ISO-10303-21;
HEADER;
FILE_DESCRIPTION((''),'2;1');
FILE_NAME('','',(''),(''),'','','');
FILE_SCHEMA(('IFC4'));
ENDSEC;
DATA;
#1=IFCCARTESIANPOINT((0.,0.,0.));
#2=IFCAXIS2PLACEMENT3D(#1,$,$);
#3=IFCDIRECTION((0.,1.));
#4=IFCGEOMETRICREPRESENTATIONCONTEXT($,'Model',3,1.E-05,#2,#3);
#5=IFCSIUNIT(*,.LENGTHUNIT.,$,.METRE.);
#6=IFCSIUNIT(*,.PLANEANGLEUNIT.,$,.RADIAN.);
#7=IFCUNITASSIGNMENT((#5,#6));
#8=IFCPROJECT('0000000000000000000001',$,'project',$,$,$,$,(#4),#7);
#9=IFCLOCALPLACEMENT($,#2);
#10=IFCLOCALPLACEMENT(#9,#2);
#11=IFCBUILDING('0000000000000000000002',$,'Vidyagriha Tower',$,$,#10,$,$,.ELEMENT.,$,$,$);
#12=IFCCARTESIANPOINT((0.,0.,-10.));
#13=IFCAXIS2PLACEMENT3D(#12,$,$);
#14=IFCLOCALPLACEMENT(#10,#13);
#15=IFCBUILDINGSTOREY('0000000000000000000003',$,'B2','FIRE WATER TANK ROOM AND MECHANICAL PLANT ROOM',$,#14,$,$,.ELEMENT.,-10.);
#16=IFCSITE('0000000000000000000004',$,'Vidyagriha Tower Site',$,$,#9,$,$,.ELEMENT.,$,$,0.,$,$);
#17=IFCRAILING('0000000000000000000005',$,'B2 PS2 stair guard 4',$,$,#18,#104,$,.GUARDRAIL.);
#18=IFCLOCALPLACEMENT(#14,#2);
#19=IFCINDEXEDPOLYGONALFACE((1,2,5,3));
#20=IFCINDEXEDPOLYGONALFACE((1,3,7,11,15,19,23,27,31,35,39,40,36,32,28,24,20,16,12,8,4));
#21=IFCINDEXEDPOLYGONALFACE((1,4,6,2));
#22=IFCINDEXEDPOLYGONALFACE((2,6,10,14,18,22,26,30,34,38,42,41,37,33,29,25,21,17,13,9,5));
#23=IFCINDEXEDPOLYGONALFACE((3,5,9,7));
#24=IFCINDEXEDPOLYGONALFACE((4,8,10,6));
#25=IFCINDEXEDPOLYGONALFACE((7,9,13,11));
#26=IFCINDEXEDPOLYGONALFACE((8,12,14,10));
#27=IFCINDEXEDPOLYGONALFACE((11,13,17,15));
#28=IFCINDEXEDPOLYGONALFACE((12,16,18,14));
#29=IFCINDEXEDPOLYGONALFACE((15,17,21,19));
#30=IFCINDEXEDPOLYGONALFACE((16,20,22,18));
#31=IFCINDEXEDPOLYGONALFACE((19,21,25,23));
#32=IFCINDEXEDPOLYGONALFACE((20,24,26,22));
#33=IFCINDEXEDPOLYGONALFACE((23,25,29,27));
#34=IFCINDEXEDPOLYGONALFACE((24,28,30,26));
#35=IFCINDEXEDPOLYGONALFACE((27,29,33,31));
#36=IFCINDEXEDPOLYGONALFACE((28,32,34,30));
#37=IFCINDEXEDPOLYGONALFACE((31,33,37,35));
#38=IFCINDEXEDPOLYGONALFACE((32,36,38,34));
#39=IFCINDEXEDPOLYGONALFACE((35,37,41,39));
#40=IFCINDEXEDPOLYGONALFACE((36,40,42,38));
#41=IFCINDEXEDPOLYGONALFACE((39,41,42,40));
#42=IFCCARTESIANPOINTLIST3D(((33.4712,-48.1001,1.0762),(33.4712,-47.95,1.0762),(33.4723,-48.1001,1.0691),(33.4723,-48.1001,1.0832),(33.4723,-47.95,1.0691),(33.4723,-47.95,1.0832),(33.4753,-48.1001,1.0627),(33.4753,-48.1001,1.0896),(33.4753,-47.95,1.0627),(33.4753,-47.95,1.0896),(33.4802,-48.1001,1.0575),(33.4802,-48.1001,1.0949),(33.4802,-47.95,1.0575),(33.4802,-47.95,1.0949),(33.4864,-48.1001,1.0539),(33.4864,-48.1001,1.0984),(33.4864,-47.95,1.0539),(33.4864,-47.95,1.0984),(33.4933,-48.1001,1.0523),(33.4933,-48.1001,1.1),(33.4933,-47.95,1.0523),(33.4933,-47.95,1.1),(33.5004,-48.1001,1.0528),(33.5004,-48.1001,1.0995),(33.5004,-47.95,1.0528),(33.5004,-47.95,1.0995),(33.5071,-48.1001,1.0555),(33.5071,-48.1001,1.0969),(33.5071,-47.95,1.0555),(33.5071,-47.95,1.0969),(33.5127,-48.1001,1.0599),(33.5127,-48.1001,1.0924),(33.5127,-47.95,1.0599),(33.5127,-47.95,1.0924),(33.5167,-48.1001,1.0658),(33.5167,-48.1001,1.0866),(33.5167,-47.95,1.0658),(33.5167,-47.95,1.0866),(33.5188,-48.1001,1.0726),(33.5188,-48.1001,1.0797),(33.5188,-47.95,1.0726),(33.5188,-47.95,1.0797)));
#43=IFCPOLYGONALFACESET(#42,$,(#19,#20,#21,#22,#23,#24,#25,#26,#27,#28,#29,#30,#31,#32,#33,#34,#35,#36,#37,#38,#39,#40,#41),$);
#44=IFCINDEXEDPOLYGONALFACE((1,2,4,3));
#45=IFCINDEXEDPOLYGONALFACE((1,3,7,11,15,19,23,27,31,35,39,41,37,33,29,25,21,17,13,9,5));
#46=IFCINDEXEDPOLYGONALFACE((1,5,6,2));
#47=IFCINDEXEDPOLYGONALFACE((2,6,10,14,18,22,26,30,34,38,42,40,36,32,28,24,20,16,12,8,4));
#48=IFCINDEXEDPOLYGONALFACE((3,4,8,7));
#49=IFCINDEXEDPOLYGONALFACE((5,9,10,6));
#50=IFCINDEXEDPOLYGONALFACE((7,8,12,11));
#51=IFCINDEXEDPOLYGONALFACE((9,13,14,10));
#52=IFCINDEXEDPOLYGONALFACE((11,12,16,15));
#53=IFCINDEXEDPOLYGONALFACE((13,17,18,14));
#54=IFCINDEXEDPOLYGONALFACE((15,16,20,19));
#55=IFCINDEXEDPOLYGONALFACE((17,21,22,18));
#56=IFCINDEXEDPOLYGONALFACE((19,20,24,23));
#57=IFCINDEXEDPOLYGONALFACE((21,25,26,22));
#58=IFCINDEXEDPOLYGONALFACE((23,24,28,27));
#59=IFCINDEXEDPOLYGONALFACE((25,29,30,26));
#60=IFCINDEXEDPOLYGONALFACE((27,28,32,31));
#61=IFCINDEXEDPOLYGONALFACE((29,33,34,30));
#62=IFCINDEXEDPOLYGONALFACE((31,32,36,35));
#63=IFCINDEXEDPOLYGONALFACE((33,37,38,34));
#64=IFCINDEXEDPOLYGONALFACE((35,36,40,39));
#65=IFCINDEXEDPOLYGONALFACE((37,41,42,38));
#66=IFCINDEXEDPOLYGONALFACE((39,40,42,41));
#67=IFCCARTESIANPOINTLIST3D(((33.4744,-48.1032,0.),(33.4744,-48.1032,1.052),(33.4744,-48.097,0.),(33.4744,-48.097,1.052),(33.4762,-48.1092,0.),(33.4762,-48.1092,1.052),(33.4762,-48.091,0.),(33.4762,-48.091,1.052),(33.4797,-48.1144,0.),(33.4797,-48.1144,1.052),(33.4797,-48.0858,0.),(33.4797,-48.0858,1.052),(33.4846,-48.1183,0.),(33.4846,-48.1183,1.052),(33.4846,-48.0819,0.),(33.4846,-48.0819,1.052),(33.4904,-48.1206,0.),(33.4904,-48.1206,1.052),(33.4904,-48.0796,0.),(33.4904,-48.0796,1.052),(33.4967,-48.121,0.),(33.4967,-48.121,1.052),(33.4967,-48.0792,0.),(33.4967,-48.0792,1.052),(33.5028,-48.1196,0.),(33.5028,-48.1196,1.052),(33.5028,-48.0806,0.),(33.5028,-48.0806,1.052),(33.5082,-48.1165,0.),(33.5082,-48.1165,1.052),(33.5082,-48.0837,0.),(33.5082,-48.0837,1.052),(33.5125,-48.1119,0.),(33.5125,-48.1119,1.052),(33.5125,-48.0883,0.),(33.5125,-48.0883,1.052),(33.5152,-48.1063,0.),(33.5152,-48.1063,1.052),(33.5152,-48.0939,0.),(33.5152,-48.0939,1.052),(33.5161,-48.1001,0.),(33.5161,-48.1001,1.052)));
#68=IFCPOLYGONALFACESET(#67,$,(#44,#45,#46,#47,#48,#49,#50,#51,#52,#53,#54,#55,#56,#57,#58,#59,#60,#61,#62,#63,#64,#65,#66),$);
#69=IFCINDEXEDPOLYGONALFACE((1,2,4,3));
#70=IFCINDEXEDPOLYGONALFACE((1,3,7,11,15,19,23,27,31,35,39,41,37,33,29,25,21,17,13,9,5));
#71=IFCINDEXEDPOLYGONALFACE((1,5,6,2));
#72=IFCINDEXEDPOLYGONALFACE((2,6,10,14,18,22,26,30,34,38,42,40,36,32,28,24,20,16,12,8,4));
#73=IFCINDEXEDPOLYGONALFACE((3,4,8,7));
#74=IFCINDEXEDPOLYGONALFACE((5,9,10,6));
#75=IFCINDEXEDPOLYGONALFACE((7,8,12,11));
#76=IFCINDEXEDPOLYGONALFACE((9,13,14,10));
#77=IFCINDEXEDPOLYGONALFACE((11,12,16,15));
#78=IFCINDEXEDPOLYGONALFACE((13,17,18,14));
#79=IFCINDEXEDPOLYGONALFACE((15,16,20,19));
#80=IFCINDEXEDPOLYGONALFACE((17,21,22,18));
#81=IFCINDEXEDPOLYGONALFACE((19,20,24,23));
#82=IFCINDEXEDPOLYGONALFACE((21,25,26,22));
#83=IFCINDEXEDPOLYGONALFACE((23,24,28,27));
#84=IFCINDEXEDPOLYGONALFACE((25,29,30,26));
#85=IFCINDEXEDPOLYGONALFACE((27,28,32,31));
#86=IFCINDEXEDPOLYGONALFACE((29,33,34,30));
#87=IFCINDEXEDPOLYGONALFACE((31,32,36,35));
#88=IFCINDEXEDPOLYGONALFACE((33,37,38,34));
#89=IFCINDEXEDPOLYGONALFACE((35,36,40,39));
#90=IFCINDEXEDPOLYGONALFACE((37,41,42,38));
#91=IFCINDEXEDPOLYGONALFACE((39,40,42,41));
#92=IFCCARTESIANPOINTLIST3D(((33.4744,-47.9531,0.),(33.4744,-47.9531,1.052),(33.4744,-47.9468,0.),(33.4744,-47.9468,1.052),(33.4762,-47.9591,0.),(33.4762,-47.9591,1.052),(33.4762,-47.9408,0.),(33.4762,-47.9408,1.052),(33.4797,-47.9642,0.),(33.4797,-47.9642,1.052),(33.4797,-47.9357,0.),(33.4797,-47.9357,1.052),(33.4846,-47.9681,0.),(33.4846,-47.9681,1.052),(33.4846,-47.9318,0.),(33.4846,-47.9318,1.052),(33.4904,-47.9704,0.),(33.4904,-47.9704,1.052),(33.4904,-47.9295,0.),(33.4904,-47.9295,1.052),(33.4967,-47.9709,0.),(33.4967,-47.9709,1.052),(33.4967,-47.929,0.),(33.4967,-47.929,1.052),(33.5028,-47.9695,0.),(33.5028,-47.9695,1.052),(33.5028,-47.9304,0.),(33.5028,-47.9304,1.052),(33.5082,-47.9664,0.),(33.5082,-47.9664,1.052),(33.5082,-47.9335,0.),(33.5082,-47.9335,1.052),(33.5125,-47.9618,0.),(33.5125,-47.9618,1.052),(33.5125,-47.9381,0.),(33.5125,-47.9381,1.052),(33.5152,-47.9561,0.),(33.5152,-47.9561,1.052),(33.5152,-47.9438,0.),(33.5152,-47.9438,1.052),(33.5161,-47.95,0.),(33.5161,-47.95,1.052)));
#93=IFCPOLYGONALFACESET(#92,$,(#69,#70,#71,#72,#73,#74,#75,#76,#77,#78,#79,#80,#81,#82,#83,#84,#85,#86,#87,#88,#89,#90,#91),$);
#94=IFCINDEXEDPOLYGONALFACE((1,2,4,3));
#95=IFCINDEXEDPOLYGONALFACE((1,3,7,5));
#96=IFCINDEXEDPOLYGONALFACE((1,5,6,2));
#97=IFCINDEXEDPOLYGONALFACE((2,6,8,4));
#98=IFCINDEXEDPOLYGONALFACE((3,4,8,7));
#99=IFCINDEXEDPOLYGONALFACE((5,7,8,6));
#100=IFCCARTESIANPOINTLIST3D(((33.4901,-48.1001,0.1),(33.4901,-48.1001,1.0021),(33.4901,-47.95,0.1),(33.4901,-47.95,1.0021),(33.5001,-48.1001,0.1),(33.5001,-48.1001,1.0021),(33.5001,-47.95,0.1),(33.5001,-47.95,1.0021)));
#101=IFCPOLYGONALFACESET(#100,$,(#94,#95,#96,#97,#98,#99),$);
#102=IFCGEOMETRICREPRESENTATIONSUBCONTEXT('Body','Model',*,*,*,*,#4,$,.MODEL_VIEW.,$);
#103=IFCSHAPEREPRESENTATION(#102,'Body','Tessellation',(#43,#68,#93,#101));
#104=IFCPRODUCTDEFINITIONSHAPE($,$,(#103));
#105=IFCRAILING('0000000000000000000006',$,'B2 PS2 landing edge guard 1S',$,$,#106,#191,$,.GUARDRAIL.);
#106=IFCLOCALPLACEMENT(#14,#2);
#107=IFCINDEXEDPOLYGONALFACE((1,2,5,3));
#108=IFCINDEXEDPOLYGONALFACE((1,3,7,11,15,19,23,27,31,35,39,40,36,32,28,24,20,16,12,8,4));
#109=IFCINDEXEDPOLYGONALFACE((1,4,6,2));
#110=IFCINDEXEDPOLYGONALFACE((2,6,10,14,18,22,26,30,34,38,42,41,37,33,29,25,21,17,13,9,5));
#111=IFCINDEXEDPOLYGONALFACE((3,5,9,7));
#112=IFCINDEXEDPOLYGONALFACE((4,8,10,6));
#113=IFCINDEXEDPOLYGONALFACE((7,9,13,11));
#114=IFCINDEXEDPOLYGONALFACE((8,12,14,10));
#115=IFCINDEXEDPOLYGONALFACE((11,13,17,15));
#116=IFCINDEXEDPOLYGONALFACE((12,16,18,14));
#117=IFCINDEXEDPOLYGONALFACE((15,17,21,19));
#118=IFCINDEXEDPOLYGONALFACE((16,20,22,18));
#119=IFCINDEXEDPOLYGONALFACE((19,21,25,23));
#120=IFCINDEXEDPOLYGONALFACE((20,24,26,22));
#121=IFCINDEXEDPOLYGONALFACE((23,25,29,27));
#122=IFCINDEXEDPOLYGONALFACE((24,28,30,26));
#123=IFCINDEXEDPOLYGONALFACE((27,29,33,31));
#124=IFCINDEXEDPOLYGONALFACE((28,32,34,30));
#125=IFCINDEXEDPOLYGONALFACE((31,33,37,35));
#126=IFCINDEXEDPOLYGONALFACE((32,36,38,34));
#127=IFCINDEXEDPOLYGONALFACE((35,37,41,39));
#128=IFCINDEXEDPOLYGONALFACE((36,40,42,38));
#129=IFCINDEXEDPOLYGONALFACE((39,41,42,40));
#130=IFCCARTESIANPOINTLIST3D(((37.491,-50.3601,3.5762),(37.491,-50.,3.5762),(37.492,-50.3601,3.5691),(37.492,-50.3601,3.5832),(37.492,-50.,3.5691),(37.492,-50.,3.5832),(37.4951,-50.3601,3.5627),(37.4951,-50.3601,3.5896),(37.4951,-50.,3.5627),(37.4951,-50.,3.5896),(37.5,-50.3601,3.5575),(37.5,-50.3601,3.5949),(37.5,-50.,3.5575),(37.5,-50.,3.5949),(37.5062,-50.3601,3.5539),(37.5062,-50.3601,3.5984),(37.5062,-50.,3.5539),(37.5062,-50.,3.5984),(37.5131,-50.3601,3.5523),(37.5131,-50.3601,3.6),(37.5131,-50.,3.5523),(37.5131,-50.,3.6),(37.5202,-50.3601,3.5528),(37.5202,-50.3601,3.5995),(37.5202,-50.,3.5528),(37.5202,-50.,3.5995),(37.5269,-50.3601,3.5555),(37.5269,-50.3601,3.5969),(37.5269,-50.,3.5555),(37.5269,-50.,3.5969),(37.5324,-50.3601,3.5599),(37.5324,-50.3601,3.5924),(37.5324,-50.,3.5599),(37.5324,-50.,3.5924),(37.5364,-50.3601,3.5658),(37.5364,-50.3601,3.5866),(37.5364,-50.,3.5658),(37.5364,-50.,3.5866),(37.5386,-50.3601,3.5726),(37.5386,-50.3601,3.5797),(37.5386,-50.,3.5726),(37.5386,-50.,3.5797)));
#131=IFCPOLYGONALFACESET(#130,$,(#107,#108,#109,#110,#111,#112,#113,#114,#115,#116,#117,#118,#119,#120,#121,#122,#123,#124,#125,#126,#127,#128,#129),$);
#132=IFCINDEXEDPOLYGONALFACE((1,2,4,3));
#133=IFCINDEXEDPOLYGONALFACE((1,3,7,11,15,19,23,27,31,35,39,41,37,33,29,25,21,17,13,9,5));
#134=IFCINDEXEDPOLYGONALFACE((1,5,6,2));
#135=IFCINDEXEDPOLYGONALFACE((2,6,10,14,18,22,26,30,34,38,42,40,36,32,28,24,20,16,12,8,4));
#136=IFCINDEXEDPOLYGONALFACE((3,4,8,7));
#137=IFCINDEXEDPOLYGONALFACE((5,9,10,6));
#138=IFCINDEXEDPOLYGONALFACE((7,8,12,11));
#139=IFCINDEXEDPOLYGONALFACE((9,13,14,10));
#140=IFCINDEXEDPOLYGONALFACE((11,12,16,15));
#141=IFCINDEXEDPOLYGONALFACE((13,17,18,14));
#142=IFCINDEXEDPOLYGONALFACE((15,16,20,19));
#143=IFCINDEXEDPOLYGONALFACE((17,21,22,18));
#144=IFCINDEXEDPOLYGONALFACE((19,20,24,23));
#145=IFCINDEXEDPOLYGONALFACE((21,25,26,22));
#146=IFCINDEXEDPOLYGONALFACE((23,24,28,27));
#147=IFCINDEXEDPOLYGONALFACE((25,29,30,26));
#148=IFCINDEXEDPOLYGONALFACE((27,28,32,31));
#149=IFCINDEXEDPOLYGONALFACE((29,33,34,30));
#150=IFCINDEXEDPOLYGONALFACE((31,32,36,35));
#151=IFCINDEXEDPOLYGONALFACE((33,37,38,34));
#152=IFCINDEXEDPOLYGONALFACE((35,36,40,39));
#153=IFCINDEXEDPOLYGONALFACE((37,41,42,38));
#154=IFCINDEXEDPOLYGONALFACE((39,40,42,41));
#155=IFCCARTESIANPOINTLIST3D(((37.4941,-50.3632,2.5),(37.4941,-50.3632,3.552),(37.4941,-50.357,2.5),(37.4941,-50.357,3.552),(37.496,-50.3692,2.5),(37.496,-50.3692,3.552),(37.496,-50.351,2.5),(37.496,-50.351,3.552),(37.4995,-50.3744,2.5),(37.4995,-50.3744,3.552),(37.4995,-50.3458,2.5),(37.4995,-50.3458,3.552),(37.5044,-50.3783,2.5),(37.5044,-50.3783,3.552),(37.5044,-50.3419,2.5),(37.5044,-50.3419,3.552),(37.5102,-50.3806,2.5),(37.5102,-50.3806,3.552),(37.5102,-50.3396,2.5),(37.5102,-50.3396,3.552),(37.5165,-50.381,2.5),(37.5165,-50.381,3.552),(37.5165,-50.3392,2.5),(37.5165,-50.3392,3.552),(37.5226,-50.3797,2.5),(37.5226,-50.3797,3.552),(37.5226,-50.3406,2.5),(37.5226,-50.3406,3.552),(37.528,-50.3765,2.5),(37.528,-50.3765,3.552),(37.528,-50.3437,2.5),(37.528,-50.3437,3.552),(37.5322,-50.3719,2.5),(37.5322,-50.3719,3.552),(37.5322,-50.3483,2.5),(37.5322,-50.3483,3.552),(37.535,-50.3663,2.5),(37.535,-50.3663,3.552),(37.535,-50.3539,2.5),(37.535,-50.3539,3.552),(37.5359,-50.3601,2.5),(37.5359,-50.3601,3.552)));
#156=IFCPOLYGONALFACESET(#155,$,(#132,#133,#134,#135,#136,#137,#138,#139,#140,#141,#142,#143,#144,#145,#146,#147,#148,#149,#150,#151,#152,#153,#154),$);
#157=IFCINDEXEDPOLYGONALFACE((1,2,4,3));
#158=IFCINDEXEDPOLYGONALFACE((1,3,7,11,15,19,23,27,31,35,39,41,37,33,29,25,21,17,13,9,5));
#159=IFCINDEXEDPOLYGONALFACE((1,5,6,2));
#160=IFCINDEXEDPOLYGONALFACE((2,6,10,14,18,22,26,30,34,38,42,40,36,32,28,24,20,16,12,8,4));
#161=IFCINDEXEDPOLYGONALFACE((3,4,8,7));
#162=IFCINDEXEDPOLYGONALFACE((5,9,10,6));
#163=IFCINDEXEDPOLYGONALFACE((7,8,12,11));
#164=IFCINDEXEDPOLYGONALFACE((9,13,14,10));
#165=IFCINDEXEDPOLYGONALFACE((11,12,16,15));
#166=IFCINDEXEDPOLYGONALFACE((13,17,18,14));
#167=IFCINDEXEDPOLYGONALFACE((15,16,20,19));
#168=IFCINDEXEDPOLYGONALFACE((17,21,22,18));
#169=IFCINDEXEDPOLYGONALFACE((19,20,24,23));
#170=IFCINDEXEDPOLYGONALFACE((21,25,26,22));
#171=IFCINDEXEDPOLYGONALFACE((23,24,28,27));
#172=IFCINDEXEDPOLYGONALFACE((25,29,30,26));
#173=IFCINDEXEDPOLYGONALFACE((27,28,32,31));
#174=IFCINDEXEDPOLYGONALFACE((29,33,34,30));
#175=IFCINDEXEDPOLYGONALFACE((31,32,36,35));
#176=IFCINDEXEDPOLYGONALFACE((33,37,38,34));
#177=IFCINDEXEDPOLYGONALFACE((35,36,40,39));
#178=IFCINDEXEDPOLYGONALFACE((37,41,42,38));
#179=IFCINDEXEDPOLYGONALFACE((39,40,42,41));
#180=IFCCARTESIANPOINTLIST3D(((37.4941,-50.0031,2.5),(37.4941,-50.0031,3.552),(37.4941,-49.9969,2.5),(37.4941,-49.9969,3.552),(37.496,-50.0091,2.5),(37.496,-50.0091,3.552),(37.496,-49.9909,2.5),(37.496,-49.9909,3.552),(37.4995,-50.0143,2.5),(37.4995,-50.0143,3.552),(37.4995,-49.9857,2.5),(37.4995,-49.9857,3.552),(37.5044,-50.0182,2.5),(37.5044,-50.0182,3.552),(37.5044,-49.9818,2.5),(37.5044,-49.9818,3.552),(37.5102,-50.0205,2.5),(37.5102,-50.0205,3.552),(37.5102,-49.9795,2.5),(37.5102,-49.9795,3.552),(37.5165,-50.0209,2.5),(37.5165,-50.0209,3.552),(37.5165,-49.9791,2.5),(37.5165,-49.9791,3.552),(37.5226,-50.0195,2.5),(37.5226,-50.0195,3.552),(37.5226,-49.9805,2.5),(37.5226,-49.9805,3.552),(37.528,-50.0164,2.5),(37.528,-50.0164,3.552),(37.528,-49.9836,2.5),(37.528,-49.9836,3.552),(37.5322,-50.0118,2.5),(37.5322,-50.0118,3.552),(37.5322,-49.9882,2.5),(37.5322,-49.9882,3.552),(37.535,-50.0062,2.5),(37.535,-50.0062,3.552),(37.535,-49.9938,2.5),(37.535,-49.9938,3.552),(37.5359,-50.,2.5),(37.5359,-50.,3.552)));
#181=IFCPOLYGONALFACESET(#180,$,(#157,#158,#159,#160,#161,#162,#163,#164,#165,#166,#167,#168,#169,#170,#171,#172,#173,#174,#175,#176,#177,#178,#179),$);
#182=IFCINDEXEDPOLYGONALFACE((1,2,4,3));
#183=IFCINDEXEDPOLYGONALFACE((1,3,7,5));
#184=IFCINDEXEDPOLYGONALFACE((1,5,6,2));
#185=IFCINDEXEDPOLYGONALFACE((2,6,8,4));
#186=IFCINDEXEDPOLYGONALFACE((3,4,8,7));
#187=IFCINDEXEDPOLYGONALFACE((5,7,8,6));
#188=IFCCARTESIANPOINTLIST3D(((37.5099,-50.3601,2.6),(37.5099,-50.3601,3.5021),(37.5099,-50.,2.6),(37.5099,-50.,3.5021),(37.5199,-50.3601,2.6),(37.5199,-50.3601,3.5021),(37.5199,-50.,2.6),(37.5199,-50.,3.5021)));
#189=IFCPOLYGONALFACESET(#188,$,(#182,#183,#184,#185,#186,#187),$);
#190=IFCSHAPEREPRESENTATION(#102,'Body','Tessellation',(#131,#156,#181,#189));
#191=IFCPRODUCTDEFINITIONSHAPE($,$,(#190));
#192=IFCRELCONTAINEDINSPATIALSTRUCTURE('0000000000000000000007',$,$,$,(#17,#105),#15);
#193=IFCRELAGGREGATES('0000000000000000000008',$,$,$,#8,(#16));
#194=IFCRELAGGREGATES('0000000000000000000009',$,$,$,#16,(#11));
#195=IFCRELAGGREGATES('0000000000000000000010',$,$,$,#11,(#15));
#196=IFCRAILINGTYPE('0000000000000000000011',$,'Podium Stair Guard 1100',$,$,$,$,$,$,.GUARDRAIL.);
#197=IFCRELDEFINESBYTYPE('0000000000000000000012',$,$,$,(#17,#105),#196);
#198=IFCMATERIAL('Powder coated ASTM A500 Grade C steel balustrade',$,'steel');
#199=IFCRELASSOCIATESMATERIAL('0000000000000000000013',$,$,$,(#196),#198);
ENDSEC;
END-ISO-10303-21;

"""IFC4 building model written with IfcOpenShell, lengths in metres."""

from ifc_helpers import new_model, si_unit, direction, frame, origin, origin_2d, place, context, subcontext, project, spatial, rectangle, circle, extrude, material, type_object, element, save


model = new_model("IFC4")

# Units and contexts
model_context = context("Model", 3, precision=1e-05, world=origin(), true_north=direction((0.0, 1.0)))
body_context = subcontext(model_context, "Body", "Model", "MODEL_VIEW")
ifc_project = project(units=[si_unit("LENGTHUNIT", "METRE"), si_unit("PLANEANGLEUNIT", "RADIAN")], contexts=[model_context])

# Site, building, storey
site_placement = place(None, origin())
site = spatial("IfcSite", under=ifc_project, at=site_placement, Name="Vidyagriha Tower Site", CompositionType="ELEMENT", RefElevation=0.0)
building_placement = place(site_placement, origin())
building = spatial("IfcBuilding", under=site, at=building_placement, Name="Vidyagriha Tower", CompositionType="ELEMENT")
storey_placement = place(building_placement, frame((0.0, 0.0, -10.0)))
storey = spatial("IfcBuildingStorey", under=building, at=storey_placement, Name="B2", Description="FIRE WATER TANK ROOM AND MECHANICAL PLANT ROOM", CompositionType="ELEMENT", Elevation=-10.0)

# Railings
ifc_material_1 = material(Name="Powder coated ASTM A500 Grade C steel balustrade", Category="steel")
railing_type_1 = type_object("IfcRailingType", Name="Podium Stair Guard 1100", PredefinedType="GUARDRAIL", material=ifc_material_1)
railing_1_placement = place(storey_placement, frame((33.4951, -48.1001, 0.0)))
element("IfcRailing", 1, at=railing_1_placement, inside=storey, type_object=railing_type_1, Name="B2 PS2 stair guard 4", PredefinedType="GUARDRAIL", context=body_context, shape_type="SweptSolid", body=[
    extrude(circle(Radius=0.0239, at=origin_2d()), frame((0.0, 0.0, 1.0762), z_axis=(0.0, 1.0, 0.0), x_axis=(-1.0, 0.0, 0.0)), (0.0, 0.0, 1.0), 0.1501),
    extrude(circle(Radius=0.021, at=origin_2d()), origin(), (0.0, 0.0, 1.0), 1.052),
    extrude(circle(Radius=0.021, at=origin_2d()), frame((0.0, 0.1501, 0.0)), (0.0, 0.0, 1.0), 1.052),
    extrude(rectangle(XDim=0.01, YDim=0.9021, at=origin_2d()), frame((0.0, 0.0, 0.551), z_axis=(0.0, 1.0, 0.0), x_axis=(-1.0, 0.0, 0.0)), (0.0, 0.0, 1.0), 0.1501),
])
railing_2_placement = place(storey_placement, frame((37.5149, -50.3601, 2.5)))
element("IfcRailing", 2, at=railing_2_placement, inside=storey, type_object=railing_type_1, Name="B2 PS2 landing edge guard 1S", PredefinedType="GUARDRAIL", context=body_context, shape_type="SweptSolid", body=[
    extrude(circle(Radius=0.0239, at=origin_2d()), frame((0.0, 0.0, 1.0762), z_axis=(0.0, 1.0, 0.0), x_axis=(-1.0, 0.0, 0.0)), (0.0, 0.0, 1.0), 0.3601),
    extrude(circle(Radius=0.021, at=origin_2d()), origin(), (0.0, 0.0, 1.0), 1.052),
    extrude(circle(Radius=0.021, at=origin_2d()), frame((0.0, 0.3601, 0.0)), (0.0, 0.0, 1.0), 1.052),
    extrude(rectangle(XDim=0.01, YDim=0.9021, at=origin_2d()), frame((0.0, 0.0, 0.551), z_axis=(0.0, 1.0, 0.0), x_axis=(-1.0, 0.0, 0.0)), (0.0, 0.0, 1.0), 0.3601),
])

save(model, "model.ifc")
